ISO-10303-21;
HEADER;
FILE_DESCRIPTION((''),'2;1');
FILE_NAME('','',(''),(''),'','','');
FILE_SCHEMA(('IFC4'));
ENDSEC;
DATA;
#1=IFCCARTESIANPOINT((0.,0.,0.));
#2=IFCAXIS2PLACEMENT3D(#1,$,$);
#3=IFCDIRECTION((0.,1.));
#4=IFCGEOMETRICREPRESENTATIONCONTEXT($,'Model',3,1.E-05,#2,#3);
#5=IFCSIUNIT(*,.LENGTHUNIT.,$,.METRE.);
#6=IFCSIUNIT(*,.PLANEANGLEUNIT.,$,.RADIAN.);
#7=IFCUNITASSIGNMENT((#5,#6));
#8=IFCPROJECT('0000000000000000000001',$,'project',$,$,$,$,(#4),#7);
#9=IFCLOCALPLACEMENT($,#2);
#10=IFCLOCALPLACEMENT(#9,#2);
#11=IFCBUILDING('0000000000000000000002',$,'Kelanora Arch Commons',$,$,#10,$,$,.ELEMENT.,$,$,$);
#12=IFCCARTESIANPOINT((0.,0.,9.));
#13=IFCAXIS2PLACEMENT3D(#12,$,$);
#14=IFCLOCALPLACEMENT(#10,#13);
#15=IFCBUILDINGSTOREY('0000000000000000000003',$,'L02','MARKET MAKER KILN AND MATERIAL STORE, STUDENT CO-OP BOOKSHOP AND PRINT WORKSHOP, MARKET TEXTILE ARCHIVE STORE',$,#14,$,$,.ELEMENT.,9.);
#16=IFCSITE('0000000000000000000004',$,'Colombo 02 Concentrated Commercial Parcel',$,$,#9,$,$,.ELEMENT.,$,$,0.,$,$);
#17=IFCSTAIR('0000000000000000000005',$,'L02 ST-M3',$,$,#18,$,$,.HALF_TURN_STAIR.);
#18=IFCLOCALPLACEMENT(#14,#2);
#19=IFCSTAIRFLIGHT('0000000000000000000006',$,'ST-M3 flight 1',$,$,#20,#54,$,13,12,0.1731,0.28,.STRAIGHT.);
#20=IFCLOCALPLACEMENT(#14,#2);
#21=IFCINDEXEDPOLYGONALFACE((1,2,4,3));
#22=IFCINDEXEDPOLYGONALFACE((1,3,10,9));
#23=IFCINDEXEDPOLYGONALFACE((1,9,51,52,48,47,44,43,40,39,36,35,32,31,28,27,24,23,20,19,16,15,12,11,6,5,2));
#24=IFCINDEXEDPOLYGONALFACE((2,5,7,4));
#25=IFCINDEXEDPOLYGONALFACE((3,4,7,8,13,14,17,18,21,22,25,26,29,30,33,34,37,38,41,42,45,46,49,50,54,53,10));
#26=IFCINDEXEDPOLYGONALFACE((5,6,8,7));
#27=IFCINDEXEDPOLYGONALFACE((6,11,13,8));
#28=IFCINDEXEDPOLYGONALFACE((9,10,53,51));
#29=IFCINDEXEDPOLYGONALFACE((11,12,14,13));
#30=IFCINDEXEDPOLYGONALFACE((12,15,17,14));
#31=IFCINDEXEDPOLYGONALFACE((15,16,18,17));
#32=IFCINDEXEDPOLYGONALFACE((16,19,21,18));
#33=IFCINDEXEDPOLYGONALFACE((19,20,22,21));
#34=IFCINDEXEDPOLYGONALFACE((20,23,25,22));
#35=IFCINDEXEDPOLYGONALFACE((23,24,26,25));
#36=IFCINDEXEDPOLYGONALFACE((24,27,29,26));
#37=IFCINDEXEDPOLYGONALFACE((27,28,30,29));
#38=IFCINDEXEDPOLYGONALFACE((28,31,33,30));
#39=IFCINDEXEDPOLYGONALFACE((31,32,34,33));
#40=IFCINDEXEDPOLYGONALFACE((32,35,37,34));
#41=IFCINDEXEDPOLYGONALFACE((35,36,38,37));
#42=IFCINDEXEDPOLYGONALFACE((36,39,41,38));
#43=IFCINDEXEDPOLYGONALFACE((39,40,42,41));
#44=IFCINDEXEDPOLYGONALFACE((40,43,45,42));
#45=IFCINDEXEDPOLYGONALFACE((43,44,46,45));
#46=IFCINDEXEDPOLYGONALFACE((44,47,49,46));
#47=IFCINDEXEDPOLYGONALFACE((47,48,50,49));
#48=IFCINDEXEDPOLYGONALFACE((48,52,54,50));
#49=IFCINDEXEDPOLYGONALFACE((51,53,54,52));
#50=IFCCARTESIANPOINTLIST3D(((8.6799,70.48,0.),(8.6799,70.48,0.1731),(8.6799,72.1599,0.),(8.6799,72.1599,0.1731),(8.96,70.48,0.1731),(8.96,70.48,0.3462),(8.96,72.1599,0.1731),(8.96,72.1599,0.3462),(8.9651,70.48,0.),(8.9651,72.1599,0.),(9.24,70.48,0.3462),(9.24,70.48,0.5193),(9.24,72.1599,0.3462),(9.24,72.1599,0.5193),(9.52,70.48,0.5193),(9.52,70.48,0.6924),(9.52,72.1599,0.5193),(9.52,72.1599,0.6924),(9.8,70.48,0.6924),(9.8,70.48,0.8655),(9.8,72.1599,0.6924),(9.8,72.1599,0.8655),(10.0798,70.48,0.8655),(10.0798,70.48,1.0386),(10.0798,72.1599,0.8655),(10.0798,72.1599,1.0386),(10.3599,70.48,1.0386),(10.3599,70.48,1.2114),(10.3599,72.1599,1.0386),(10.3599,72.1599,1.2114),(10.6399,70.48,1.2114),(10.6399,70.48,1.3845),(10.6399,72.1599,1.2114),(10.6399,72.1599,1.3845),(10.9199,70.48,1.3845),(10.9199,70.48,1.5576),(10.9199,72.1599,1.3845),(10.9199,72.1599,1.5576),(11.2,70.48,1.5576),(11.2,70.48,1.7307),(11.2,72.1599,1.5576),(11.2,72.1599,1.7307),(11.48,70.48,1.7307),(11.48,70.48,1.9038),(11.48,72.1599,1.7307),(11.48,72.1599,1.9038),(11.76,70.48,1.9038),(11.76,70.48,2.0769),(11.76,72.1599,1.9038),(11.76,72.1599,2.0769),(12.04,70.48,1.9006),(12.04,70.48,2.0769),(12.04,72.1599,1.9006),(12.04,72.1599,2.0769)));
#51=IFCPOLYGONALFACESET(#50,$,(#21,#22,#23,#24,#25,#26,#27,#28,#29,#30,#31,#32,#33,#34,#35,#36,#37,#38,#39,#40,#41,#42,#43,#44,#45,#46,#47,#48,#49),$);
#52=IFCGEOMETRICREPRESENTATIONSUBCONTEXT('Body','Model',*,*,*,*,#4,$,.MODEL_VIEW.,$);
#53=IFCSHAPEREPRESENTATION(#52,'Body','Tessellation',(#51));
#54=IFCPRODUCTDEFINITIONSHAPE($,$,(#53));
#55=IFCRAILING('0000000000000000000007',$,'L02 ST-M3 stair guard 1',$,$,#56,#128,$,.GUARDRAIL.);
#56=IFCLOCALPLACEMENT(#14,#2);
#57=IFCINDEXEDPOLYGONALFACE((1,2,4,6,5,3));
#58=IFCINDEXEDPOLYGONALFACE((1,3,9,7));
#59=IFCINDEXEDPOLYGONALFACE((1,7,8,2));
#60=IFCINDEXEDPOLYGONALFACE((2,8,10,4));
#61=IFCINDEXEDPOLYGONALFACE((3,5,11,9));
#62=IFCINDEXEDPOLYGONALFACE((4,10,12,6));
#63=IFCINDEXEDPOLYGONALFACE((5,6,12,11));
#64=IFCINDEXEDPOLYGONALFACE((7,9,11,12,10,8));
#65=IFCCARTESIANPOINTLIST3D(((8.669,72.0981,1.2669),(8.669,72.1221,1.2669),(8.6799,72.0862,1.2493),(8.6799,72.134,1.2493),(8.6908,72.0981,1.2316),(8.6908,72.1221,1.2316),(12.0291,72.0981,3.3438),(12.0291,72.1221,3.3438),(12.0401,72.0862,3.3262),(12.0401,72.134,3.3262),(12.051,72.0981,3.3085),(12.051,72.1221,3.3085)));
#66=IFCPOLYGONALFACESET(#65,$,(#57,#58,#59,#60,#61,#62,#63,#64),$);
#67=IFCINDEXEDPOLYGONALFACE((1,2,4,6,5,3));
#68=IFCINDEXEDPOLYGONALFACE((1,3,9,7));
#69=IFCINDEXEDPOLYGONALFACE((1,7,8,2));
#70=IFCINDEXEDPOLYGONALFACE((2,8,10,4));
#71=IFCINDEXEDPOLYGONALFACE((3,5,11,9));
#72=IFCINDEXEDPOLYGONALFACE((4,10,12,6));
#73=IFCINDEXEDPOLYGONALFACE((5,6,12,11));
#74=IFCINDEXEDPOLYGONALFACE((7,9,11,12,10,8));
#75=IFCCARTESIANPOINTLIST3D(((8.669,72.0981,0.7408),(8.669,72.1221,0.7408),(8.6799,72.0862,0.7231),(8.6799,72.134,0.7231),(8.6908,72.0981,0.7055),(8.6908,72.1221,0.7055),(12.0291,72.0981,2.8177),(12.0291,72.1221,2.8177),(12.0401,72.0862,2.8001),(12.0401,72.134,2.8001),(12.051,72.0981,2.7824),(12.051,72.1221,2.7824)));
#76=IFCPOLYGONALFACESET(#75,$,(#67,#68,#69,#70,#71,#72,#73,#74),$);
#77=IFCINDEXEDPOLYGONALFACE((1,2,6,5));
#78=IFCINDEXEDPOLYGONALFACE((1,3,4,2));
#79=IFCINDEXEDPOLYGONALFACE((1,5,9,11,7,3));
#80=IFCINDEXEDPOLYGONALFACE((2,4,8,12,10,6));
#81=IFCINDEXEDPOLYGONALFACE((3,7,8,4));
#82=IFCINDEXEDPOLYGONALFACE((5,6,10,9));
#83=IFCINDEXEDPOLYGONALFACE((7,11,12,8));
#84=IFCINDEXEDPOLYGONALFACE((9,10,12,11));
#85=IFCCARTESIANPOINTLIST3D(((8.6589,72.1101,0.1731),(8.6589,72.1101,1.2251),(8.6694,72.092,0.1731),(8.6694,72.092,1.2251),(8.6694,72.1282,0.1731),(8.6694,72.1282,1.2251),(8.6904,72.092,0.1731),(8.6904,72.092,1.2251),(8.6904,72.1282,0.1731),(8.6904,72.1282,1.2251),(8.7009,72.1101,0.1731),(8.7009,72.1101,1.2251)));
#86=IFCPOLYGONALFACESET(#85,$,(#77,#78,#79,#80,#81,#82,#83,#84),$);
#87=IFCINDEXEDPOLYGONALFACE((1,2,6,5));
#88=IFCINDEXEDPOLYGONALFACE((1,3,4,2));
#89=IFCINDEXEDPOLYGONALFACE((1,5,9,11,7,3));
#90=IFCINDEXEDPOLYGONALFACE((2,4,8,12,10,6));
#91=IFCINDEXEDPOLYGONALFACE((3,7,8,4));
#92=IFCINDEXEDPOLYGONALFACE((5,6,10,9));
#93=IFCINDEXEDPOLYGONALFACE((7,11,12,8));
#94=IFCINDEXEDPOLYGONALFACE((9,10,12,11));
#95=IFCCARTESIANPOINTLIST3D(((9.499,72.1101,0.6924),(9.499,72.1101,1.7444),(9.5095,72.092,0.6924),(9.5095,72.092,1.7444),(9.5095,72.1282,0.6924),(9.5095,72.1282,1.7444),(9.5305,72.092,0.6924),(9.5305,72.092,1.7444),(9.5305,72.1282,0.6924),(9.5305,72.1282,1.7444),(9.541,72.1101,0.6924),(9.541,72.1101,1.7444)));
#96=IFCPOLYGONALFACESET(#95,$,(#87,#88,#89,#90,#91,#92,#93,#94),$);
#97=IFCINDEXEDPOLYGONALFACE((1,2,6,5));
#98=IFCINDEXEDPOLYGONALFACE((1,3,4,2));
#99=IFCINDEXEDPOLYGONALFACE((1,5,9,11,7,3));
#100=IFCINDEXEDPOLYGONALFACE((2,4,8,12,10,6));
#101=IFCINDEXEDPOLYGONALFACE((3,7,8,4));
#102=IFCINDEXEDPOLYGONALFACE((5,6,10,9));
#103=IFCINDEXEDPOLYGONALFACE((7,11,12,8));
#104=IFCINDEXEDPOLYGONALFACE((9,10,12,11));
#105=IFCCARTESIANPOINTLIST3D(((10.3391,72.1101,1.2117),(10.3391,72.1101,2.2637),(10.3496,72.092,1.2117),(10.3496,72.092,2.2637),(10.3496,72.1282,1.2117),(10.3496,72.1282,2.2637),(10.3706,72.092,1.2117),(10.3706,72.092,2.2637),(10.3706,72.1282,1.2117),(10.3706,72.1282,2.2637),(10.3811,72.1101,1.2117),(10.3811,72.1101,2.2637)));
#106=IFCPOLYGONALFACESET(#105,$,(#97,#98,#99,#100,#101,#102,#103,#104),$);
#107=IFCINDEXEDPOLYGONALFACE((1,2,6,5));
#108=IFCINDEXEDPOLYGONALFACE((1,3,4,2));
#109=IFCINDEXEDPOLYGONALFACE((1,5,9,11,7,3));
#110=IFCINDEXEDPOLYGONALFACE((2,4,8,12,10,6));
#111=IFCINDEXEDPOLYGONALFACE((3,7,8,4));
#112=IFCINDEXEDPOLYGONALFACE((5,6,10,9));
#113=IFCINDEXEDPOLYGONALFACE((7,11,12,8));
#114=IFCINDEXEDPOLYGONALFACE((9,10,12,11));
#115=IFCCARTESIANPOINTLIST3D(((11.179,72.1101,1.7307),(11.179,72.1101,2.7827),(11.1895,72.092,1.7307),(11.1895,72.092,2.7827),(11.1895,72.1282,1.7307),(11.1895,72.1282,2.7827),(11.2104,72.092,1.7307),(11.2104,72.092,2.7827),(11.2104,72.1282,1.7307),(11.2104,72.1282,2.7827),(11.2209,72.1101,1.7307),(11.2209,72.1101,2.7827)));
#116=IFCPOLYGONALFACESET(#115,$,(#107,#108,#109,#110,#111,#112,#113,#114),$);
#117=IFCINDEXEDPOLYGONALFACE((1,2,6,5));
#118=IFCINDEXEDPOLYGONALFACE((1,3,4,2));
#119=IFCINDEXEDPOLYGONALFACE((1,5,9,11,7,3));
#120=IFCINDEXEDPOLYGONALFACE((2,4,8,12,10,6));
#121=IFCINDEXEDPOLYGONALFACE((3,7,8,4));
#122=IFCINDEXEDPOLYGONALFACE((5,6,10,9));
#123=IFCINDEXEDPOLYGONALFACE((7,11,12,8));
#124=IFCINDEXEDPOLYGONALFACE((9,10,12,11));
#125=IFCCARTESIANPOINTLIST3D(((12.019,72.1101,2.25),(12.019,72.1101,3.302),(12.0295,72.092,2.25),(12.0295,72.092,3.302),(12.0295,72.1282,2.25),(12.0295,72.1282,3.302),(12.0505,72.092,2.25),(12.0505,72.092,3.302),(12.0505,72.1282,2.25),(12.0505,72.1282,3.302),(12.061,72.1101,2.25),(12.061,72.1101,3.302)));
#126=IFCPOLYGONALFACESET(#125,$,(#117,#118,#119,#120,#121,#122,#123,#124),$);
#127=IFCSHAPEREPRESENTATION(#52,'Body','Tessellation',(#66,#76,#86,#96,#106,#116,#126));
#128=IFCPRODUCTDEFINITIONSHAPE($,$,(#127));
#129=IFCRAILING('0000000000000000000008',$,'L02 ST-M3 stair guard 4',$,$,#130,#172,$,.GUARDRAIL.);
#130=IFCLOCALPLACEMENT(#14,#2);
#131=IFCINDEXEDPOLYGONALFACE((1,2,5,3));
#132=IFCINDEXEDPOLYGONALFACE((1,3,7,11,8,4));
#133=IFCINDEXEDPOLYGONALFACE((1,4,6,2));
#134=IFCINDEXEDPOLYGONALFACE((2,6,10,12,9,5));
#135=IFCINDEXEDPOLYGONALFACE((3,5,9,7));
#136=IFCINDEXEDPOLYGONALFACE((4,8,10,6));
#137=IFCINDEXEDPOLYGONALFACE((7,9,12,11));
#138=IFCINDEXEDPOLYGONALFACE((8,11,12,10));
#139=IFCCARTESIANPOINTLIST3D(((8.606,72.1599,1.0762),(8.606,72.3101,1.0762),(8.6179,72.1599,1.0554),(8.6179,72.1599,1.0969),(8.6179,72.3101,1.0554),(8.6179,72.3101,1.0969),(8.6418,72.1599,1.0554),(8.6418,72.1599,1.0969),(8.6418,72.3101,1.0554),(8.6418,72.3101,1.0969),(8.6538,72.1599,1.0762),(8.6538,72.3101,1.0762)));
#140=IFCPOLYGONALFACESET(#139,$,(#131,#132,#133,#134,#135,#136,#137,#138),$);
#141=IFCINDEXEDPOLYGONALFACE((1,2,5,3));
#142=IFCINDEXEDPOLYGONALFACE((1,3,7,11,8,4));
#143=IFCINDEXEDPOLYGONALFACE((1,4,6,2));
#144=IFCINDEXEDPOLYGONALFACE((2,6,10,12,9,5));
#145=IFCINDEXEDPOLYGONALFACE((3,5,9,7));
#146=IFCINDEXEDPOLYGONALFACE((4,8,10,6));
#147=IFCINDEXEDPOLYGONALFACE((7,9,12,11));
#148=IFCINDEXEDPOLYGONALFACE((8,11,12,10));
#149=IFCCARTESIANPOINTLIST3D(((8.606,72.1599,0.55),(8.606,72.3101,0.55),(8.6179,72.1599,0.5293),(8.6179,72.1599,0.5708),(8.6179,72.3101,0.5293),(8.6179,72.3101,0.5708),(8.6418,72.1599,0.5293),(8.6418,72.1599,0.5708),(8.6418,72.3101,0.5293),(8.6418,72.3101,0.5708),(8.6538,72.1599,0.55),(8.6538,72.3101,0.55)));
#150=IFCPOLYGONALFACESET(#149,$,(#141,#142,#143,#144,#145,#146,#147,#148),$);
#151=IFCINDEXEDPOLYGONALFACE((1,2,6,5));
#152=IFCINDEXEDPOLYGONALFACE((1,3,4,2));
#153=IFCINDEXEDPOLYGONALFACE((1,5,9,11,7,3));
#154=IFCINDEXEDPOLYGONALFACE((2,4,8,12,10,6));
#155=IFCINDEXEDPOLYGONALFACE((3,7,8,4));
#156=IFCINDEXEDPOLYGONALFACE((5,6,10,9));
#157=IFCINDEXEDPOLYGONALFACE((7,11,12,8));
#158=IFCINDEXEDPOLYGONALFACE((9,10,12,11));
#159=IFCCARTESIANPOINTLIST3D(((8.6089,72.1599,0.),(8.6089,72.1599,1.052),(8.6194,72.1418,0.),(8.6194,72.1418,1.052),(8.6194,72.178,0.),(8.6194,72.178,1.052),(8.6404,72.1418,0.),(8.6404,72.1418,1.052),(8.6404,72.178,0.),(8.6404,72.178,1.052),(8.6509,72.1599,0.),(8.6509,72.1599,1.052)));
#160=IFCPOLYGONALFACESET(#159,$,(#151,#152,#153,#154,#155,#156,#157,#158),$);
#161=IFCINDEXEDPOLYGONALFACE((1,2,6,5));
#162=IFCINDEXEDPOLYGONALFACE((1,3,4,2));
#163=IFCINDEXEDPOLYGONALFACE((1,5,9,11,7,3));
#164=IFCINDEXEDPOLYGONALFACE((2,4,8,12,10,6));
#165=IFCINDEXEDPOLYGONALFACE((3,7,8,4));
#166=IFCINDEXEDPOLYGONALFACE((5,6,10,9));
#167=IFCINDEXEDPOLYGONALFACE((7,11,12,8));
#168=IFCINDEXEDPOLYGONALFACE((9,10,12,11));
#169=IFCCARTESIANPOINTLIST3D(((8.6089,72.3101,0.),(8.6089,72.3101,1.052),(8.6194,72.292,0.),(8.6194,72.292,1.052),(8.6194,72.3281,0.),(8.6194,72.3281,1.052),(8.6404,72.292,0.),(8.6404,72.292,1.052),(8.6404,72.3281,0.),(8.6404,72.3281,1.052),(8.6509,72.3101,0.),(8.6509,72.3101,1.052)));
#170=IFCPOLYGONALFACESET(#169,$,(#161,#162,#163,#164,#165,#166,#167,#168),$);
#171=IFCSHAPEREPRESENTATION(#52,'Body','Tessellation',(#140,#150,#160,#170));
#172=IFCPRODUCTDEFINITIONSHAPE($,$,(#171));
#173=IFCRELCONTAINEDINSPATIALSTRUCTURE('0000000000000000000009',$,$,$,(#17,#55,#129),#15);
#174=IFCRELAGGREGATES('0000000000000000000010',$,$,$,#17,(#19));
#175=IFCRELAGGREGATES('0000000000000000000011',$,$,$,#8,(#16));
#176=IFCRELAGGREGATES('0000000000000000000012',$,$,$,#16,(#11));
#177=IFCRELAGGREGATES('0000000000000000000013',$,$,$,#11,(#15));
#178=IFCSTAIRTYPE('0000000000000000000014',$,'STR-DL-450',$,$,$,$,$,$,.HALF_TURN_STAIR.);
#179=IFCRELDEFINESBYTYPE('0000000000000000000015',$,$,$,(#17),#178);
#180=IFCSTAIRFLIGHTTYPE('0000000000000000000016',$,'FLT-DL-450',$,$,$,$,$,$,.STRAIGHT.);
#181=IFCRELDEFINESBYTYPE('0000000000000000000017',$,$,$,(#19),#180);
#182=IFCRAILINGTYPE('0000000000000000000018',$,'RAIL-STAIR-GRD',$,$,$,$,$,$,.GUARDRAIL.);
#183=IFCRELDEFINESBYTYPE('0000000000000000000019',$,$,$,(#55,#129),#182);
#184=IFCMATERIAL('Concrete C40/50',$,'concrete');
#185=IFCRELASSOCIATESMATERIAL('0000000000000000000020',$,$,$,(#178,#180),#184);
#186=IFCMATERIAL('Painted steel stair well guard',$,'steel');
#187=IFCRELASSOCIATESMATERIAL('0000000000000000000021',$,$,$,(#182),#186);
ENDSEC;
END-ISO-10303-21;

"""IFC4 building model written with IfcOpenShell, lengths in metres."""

from ifc_helpers import new_model, si_unit, direction, frame, origin, place, context, subcontext, project, spatial, polyline, outline, extrude, material, type_object, element, aggregate, save


model = new_model("IFC4")

# Units and contexts
model_context = context("Model", 3, precision=1e-05, world=origin(), true_north=direction((0.0, 1.0)))
body_context = subcontext(model_context, "Body", "Model", "MODEL_VIEW")
ifc_project = project(units=[si_unit("LENGTHUNIT", "METRE"), si_unit("PLANEANGLEUNIT", "RADIAN")], contexts=[model_context])

# Site, building, storey
site_placement = place(None, origin())
site = spatial("IfcSite", under=ifc_project, at=site_placement, Name="Colombo 02 Concentrated Commercial Parcel", CompositionType="ELEMENT", RefElevation=0.0)
building_placement = place(site_placement, origin())
building = spatial("IfcBuilding", under=site, at=building_placement, Name="Kelanora Arch Commons", CompositionType="ELEMENT")
storey_placement = place(building_placement, frame((0.0, 0.0, 9.0)))
storey = spatial("IfcBuildingStorey", under=building, at=storey_placement, Name="L02", Description="MARKET MAKER KILN AND MATERIAL STORE, STUDENT CO-OP BOOKSHOP AND PRINT WORKSHOP, MARKET TEXTILE ARCHIVE STORE", CompositionType="ELEMENT", Elevation=9.0)

# Shared definitions
ifc_material_1 = material(Name="Concrete C40/50", Category="concrete")

# Stair, stair flight
stair_type = type_object("IfcStairType", Name="STR-DL-450", PredefinedType="HALF_TURN_STAIR", material=ifc_material_1)
stair_placement = place(storey_placement, origin())
stair = element("IfcStair", 1, at=stair_placement, inside=storey, type_object=stair_type, Name="L02 ST-M3", PredefinedType="HALF_TURN_STAIR")
stair_flight_type = type_object("IfcStairFlightType", Name="FLT-DL-450", PredefinedType="STRAIGHT", material=ifc_material_1)
stair_flight_placement = place(storey_placement, frame((8.6799, 71.3201, 0.0), z_axis=(0.0, 0.0, 1.0), x_axis=(1.0, 0.0, 0.0)))
stair_flight = element("IfcStairFlight", 2, at=stair_flight_placement, type_object=stair_flight_type, Name="ST-M3 flight 1", NumberOfRisers=13, NumberOfTreads=12, PredefinedType="STRAIGHT", RiserHeight=0.1731, TreadLength=0.28, context=body_context, shape_type="SweptSolid", body=[
    extrude(outline(polyline([(0.0, 0.0), (0.0, 0.1731), (0.28, 0.1731), (0.28, 0.3462), (0.5601, 0.3462), (0.5601, 0.5193), (0.8401, 0.5193), (0.8401, 0.6924), (1.1201, 0.6924), (1.1201, 0.8655), (1.3999, 0.8655), (1.3999, 1.0386), (1.6799, 1.0386), (1.6799, 1.2114), (1.96, 1.2114), (1.96, 1.3845), (2.24, 1.3845), (2.24, 1.5576), (2.52, 1.5576), (2.52, 1.7307), (2.8, 1.7307), (2.8, 1.9038), (3.0801, 1.9038), (3.0801, 2.0769), (3.3601, 2.0769), (3.3601, 2.25), (3.3601, 1.9006), (0.2852, 0.0), (0.0, 0.0)])), frame((0.0, 0.8398, 0.0), z_axis=(0.0, -1.0, 0.0), x_axis=(1.0, 0.0, 0.0)), (0.0, 0.0, 1.0), 1.6799),
])
aggregate(stair, [stair_flight])

# Railings
ifc_material_2 = material(Name="Painted steel stair well guard", Category="steel")
railing_type_1 = type_object("IfcRailingType", Name="RAIL-STAIR-GRD", PredefinedType="GUARDRAIL", material=ifc_material_2)
railing_1_placement = place(storey_placement, frame((8.6799, 72.1101, 0.1731)))
element("IfcRailing", 3, at=railing_1_placement, inside=storey, type_object=railing_type_1, Name="L02 ST-M3 stair guard 1", PredefinedType="GUARDRAIL", context=body_context, shape_type="SweptSolid", body=[
    extrude(outline(polyline([(0.0239, 0.0), (0.012, 0.0208), (-0.012, 0.0208), (-0.0239, 0.0), (-0.012, -0.0208), (0.012, -0.0208), (0.0239, 0.0)])), frame((0.0, 0.0, 1.0762), z_axis=(0.850623, 0.0, 0.525776), x_axis=(0.0, 1.0, 0.0)), (0.0, 0.0, 1.0), 3.9502),
    extrude(outline(polyline([(0.0239, 0.0), (0.012, 0.0208), (-0.012, 0.0208), (-0.0239, 0.0), (-0.012, -0.0208), (0.012, -0.0208), (0.0239, 0.0)])), frame((0.0, 0.0, 0.55), z_axis=(0.850623, 0.0, 0.525776), x_axis=(0.0, 1.0, 0.0)), (0.0, 0.0, 1.0), 3.9502),
    extrude(outline(polyline([(0.021, 0.0), (0.0105, 0.0181), (-0.0105, 0.0181), (-0.021, 0.0), (-0.0105, -0.0181), (0.0105, -0.0181), (0.021, 0.0)])), origin(), (0.0, 0.0, 1.0), 1.052),
    extrude(outline(polyline([(0.021, 0.0), (0.0105, 0.0181), (-0.0105, 0.0181), (-0.021, 0.0), (-0.0105, -0.0181), (0.0105, -0.0181), (0.021, 0.0)])), frame((0.8401, 0.0, 0.5193)), (0.0, 0.0, 1.0), 1.052),
    extrude(outline(polyline([(0.021, 0.0), (0.0105, 0.0181), (-0.0105, 0.0181), (-0.021, 0.0), (-0.0105, -0.0181), (0.0105, -0.0181), (0.021, 0.0)])), frame((1.6802, 0.0, 1.0386)), (0.0, 0.0, 1.0), 1.052),
    extrude(outline(polyline([(0.021, 0.0), (0.0105, 0.0181), (-0.0105, 0.0181), (-0.021, 0.0), (-0.0105, -0.0181), (0.0105, -0.0181), (0.021, 0.0)])), frame((2.52, 0.0, 1.5576)), (0.0, 0.0, 1.0), 1.052),
    extrude(outline(polyline([(0.021, 0.0), (0.0105, 0.0181), (-0.0105, 0.0181), (-0.021, 0.0), (-0.0105, -0.0181), (0.0105, -0.0181), (0.021, 0.0)])), frame((3.3601, 0.0, 2.0769)), (0.0, 0.0, 1.0), 1.052),
])
railing_2_placement = place(storey_placement, frame((8.6299, 72.1599, 0.0)))
element("IfcRailing", 4, at=railing_2_placement, inside=storey, type_object=railing_type_1, Name="L02 ST-M3 stair guard 4", PredefinedType="GUARDRAIL", context=body_context, shape_type="SweptSolid", body=[
    extrude(outline(polyline([(0.0239, 0.0), (0.012, 0.0208), (-0.012, 0.0208), (-0.0239, 0.0), (-0.012, -0.0208), (0.012, -0.0208), (0.0239, 0.0)])), frame((0.0, 0.0, 1.0762), z_axis=(0.0, 1.0, 0.0), x_axis=(-1.0, 0.0, 0.0)), (0.0, 0.0, 1.0), 0.1501),
    extrude(outline(polyline([(0.0239, 0.0), (0.012, 0.0208), (-0.012, 0.0208), (-0.0239, 0.0), (-0.012, -0.0208), (0.012, -0.0208), (0.0239, 0.0)])), frame((0.0, 0.0, 0.55), z_axis=(0.0, 1.0, 0.0), x_axis=(-1.0, 0.0, 0.0)), (0.0, 0.0, 1.0), 0.1501),
    extrude(outline(polyline([(0.021, 0.0), (0.0105, 0.0181), (-0.0105, 0.0181), (-0.021, 0.0), (-0.0105, -0.0181), (0.0105, -0.0181), (0.021, 0.0)])), origin(), (0.0, 0.0, 1.0), 1.052),
    extrude(outline(polyline([(0.021, 0.0), (0.0105, 0.0181), (-0.0105, 0.0181), (-0.021, 0.0), (-0.0105, -0.0181), (0.0105, -0.0181), (0.021, 0.0)])), frame((0.0, 0.1501, 0.0)), (0.0, 0.0, 1.0), 1.052),
])

save(model, "model.ifc")
